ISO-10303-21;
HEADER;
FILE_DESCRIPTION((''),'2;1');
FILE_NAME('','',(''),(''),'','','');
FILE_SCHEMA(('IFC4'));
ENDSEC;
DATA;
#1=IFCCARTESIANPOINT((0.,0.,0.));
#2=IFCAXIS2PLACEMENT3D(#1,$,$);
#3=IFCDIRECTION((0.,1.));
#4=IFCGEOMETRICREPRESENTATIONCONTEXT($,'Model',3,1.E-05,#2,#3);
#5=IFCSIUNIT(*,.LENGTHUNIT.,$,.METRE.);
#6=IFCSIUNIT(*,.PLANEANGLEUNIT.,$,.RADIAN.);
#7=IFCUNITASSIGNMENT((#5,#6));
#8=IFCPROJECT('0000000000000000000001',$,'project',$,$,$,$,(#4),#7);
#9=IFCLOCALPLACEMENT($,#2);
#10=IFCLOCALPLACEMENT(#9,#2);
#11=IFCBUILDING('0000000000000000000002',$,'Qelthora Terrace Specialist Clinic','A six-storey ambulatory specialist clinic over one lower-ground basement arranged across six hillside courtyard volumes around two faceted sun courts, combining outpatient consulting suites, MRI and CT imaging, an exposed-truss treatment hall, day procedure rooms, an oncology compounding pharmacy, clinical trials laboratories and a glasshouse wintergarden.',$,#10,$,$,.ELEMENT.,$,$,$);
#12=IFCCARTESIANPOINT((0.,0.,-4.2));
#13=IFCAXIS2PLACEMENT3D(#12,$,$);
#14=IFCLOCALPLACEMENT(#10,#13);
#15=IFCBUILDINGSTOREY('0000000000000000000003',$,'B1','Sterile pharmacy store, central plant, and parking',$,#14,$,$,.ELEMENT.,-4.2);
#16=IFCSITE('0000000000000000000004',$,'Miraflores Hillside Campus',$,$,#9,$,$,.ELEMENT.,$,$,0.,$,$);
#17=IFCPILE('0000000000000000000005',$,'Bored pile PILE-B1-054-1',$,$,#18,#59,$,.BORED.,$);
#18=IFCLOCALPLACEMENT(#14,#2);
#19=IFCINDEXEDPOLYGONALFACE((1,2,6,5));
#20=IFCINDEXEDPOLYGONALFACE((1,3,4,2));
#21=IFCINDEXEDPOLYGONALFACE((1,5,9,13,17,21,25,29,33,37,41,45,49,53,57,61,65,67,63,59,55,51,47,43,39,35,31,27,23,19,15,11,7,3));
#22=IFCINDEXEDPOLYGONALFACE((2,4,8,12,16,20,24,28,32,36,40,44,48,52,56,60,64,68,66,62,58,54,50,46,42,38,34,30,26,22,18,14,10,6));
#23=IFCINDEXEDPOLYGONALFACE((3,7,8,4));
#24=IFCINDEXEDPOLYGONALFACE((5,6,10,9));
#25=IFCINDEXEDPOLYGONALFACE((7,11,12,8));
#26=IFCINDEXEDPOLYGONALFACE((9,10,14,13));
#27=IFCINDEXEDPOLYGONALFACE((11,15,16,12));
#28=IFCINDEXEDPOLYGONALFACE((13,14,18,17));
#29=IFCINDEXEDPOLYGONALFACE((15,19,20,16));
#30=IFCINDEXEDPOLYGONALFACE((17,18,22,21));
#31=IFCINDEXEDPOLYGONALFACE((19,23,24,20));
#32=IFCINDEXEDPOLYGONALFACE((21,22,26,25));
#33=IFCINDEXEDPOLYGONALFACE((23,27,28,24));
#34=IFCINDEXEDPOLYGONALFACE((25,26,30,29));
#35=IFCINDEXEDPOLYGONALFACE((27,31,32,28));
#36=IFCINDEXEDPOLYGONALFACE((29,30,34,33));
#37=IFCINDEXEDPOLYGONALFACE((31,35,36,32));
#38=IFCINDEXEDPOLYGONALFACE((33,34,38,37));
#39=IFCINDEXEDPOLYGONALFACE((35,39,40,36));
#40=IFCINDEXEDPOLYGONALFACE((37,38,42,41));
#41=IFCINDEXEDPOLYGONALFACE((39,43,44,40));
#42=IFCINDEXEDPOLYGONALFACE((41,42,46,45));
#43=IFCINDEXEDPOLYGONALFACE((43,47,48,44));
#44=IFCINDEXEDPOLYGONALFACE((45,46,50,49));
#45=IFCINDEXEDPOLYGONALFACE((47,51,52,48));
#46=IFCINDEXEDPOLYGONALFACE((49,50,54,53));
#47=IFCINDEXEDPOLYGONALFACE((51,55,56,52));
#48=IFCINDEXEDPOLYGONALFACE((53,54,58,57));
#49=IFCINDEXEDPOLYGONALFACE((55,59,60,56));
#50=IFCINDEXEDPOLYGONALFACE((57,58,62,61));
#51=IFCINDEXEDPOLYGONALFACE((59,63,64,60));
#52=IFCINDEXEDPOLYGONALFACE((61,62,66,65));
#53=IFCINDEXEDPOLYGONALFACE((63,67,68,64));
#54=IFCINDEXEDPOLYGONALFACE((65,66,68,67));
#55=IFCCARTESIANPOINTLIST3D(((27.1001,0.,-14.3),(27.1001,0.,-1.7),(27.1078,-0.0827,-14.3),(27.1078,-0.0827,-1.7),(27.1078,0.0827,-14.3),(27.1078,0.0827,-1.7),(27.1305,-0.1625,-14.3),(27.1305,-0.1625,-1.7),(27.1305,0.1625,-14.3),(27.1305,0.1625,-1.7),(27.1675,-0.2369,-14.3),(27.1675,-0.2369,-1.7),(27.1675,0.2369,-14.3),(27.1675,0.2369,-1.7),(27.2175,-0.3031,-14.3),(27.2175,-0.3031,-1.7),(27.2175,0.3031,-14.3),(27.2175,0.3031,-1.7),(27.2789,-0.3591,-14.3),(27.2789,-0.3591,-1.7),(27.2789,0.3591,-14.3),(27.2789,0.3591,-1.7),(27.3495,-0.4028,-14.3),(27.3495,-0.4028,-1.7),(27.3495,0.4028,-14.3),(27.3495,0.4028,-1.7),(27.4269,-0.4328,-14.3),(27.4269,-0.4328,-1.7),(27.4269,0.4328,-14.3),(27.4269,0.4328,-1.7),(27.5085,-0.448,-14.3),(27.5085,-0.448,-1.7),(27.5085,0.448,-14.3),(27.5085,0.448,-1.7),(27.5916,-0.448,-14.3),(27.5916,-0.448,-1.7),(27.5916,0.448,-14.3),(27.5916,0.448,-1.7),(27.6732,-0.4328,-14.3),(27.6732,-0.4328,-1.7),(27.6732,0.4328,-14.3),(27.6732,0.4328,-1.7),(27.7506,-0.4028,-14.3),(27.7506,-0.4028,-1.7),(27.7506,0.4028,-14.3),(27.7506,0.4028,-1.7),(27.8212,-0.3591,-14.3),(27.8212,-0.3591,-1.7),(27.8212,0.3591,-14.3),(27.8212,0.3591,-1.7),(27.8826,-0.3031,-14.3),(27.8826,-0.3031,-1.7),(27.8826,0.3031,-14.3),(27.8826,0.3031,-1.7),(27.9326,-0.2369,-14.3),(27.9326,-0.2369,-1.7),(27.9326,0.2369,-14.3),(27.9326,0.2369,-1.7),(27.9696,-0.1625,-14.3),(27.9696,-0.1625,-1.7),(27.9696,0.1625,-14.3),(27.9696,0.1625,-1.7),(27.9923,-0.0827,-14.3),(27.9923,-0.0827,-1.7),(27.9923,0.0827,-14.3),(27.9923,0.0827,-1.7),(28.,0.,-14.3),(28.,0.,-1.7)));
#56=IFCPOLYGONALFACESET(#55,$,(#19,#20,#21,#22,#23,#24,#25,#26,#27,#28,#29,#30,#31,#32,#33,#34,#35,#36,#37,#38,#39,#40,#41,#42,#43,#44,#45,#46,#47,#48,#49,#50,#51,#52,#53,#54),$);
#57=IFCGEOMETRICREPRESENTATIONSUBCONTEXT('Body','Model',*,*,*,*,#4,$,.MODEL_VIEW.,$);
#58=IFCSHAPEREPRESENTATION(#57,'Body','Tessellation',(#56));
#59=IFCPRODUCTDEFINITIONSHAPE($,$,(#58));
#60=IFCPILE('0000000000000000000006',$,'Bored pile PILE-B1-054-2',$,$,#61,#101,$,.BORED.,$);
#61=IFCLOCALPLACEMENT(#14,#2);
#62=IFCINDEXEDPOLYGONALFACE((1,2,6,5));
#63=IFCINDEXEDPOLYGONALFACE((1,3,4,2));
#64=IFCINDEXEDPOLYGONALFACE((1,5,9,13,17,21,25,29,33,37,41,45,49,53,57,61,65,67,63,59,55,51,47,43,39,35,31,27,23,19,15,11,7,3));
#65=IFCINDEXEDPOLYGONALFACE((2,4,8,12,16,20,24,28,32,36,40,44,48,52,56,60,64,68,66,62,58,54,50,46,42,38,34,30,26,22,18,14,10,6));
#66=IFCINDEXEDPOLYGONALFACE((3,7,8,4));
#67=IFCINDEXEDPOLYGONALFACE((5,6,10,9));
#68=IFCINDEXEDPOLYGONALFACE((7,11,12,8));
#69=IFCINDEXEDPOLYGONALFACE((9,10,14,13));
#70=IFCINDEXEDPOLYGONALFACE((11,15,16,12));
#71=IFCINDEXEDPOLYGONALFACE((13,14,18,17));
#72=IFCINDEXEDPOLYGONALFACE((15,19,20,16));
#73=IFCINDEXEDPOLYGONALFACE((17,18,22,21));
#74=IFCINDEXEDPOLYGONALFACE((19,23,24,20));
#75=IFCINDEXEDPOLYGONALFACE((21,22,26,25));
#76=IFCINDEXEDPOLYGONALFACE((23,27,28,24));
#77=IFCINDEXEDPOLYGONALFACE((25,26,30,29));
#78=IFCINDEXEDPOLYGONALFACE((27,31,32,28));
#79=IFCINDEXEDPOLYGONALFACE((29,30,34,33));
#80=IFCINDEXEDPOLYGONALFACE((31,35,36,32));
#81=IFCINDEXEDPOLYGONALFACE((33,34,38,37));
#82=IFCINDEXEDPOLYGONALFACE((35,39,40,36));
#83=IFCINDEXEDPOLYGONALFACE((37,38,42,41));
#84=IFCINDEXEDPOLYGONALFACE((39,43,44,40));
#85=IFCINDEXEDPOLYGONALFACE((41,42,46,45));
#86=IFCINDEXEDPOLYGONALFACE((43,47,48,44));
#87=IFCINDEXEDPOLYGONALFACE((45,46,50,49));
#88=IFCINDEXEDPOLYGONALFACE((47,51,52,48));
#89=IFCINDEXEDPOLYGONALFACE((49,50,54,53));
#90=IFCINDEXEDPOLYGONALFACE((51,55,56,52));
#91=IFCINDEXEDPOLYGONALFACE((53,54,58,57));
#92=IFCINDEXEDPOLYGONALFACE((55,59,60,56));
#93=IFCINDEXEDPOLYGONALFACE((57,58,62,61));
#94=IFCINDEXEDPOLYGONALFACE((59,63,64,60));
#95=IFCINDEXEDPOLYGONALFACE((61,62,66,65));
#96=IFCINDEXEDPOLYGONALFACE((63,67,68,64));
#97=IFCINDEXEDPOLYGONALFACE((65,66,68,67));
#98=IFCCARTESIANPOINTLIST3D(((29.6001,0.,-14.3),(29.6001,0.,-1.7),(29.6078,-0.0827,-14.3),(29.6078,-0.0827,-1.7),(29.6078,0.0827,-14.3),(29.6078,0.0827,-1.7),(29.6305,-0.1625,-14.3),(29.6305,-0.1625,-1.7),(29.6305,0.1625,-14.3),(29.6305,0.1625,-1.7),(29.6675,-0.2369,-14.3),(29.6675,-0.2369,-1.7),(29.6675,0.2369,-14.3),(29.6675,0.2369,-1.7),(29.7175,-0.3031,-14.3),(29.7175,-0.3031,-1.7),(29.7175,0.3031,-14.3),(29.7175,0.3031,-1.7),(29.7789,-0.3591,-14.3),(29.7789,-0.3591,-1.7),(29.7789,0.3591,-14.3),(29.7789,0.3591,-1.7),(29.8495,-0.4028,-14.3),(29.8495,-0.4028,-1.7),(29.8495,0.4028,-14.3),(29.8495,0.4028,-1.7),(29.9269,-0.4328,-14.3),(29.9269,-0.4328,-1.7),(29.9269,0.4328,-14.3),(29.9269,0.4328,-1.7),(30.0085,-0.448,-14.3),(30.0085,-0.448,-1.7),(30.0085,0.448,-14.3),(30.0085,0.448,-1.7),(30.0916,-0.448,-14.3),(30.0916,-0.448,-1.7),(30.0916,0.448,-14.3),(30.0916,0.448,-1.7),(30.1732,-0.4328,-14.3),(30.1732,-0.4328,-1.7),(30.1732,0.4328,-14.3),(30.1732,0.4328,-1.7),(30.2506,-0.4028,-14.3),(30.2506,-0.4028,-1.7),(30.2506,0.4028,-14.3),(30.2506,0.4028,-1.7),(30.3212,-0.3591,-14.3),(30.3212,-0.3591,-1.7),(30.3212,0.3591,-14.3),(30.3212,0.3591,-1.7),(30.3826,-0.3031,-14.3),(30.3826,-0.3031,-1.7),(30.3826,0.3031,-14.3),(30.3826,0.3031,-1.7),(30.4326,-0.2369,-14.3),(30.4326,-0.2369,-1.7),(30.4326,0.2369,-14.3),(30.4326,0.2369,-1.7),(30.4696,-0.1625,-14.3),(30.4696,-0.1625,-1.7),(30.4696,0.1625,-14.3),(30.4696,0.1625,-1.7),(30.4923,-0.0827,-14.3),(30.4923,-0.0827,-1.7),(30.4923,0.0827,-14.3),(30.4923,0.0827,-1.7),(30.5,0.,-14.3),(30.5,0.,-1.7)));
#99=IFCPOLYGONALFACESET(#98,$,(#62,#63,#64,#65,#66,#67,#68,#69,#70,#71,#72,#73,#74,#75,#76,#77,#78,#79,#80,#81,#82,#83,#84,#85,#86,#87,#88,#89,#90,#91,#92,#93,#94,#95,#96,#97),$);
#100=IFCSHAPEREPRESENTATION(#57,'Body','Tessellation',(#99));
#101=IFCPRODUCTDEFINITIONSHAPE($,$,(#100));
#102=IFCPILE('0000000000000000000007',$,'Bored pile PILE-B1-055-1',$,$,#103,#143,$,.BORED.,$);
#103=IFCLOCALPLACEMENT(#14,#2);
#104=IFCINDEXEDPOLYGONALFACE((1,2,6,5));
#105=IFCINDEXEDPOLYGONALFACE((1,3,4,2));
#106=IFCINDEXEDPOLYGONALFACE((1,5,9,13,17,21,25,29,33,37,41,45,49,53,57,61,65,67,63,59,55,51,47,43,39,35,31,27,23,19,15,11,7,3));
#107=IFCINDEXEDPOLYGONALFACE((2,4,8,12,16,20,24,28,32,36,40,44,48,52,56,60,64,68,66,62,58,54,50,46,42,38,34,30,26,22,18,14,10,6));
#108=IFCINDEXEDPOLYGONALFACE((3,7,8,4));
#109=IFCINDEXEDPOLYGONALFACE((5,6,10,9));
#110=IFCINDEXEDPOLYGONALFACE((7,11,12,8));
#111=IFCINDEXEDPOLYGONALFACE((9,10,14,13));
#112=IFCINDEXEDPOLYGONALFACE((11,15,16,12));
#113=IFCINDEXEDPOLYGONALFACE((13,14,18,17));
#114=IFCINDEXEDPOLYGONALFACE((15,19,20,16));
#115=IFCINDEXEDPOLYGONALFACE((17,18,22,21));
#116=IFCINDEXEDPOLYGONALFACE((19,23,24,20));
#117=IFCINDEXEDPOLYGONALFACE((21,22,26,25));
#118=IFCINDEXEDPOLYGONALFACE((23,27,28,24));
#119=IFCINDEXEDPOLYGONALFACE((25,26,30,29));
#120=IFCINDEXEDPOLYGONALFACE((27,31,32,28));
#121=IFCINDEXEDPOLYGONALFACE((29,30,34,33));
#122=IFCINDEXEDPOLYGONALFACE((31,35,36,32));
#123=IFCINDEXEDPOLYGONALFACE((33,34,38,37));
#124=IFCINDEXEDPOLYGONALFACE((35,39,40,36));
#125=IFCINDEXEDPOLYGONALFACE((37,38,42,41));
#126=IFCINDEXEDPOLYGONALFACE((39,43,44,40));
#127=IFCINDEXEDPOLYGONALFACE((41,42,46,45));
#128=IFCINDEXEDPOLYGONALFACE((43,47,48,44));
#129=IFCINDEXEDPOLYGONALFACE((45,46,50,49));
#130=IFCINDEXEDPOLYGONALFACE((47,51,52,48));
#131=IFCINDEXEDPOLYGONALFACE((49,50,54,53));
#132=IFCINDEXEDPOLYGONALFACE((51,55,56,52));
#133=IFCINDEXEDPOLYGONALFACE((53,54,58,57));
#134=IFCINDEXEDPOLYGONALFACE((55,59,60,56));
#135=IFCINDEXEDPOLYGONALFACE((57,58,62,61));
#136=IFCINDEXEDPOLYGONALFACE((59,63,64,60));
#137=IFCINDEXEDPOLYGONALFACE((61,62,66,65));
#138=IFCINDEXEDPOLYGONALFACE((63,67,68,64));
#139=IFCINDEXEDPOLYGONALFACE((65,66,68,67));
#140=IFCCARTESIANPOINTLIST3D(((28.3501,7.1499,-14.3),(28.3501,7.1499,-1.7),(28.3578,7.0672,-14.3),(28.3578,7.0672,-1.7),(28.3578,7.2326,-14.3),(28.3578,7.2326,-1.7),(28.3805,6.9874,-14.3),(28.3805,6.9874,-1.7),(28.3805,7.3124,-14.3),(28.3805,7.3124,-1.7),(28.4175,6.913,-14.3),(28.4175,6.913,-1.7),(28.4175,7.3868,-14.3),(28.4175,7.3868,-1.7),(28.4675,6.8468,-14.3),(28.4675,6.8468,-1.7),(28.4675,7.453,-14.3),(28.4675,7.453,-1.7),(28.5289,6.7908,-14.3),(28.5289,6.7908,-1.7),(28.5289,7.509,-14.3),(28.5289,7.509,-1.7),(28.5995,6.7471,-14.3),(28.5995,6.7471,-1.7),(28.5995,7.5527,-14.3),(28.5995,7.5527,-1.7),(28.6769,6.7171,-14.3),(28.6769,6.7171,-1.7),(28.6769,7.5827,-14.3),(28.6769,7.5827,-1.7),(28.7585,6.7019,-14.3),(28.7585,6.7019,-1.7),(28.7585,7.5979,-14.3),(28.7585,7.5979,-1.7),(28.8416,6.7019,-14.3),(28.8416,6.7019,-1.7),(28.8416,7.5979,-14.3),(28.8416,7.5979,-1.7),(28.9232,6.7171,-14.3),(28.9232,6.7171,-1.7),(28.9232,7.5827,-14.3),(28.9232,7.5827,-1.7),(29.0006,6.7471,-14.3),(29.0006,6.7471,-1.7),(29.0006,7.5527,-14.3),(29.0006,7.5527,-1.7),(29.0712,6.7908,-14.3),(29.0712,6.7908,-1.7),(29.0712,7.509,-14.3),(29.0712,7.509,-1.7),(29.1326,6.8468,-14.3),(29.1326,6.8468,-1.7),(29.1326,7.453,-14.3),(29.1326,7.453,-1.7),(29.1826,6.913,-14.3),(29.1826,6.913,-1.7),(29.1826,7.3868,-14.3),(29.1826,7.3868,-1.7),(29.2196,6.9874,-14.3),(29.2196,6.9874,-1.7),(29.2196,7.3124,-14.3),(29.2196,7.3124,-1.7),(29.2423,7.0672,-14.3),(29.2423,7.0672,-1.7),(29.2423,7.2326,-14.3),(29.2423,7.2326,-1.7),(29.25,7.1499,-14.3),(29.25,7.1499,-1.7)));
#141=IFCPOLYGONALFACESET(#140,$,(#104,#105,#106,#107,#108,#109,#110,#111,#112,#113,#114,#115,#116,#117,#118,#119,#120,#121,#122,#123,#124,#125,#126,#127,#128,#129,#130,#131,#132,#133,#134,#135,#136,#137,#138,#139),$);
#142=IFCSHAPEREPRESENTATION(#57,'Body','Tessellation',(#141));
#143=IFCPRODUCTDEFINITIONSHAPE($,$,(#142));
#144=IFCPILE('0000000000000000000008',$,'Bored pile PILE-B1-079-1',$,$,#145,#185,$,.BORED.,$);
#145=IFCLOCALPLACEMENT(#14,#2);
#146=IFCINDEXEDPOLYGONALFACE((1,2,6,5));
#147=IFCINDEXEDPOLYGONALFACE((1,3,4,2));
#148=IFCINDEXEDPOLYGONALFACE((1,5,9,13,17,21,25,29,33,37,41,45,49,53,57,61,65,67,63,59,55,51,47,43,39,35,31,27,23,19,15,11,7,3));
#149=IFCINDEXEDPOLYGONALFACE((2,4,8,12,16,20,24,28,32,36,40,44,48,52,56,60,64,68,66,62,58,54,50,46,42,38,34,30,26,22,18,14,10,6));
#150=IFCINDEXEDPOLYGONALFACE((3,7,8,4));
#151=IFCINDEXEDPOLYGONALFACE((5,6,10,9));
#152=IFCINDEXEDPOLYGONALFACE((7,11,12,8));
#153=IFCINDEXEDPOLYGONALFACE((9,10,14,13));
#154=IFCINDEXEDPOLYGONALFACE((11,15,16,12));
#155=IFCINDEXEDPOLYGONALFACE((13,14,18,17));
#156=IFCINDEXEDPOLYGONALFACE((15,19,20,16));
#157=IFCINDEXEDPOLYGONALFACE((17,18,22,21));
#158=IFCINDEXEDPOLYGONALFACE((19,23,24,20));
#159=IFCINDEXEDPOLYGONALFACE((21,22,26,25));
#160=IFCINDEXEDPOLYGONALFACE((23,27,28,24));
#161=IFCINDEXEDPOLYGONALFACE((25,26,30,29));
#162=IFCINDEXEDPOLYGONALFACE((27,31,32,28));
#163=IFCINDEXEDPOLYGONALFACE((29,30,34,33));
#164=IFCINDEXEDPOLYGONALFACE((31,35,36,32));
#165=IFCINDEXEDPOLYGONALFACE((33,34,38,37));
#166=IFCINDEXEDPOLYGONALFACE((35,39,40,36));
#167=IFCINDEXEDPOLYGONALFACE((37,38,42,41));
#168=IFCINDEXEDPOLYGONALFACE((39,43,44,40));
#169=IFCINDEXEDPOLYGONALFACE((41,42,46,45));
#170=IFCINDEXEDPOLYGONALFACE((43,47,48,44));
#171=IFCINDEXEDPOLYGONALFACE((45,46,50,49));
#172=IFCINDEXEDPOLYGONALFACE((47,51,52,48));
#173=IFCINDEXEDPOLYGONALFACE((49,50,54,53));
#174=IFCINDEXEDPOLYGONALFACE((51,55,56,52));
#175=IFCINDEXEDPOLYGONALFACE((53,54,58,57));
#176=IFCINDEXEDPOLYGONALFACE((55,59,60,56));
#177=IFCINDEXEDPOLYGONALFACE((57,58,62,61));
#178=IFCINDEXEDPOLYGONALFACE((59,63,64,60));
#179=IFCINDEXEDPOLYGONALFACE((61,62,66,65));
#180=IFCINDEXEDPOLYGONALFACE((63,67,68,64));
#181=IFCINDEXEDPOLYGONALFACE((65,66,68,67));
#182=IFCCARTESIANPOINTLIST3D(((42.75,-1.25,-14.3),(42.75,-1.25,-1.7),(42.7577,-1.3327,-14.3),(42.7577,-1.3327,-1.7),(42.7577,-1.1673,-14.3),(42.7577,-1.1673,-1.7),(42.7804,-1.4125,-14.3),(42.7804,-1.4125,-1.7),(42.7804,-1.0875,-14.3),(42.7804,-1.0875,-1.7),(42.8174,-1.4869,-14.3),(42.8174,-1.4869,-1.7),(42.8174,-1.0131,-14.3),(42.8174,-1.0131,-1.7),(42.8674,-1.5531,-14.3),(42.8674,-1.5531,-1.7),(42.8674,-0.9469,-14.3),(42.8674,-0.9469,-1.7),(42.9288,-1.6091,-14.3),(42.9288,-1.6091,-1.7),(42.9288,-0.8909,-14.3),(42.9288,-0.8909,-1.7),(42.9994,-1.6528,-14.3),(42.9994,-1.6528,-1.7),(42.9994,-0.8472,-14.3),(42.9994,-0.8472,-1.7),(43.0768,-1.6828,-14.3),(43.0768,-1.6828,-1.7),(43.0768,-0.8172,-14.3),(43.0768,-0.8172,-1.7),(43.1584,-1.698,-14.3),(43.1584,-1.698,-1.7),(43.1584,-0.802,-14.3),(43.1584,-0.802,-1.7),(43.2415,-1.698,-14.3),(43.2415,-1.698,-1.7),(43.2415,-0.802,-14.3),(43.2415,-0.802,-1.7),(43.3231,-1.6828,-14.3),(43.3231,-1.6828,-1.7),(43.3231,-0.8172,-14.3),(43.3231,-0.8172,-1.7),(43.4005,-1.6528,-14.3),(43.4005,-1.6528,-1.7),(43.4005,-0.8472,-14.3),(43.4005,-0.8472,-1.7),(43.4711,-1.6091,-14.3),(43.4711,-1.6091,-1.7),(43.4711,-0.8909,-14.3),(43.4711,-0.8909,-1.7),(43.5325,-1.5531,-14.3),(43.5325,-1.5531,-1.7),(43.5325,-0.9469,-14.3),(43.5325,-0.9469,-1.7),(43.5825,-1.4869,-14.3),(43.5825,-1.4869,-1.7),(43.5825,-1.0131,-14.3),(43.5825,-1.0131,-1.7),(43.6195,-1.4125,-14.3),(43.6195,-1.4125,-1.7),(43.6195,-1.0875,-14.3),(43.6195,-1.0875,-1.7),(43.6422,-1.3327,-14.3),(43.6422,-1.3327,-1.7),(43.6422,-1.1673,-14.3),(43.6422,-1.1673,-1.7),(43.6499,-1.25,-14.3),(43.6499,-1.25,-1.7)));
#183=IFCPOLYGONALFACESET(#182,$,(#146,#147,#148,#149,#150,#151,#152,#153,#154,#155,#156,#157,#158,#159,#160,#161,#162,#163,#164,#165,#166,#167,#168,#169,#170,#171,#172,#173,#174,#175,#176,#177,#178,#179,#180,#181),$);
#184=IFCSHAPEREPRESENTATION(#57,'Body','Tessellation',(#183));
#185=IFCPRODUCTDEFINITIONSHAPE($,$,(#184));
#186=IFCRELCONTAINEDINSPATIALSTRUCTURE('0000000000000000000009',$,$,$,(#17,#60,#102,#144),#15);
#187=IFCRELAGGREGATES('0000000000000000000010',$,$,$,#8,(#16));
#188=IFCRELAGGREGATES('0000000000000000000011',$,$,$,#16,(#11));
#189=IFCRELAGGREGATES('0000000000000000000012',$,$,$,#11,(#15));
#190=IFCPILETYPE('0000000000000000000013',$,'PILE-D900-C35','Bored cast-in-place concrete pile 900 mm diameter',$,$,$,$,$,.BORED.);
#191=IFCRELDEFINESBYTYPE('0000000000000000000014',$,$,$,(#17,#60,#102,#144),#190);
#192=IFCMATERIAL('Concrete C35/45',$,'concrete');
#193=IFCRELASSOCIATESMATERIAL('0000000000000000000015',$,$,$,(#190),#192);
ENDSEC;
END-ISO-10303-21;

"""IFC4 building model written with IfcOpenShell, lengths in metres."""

from ifc_helpers import new_model, si_unit, direction, frame, origin, origin_2d, place, context, subcontext, project, spatial, circle, extrude, material, material_profile, profile_set, type_object, element, save


model = new_model("IFC4")

# Units and contexts
model_context = context("Model", 3, precision=1e-05, world=origin(), true_north=direction((0.0, 1.0)))
body_context = subcontext(model_context, "Body", "Model", "MODEL_VIEW")
ifc_project = project(units=[si_unit("LENGTHUNIT", "METRE"), si_unit("PLANEANGLEUNIT", "RADIAN")], contexts=[model_context])

# Site, building, storey
site_placement = place(None, origin())
site = spatial("IfcSite", under=ifc_project, at=site_placement, Name="Miraflores Hillside Campus", CompositionType="ELEMENT", RefElevation=0.0)
building_placement = place(site_placement, origin())
building = spatial("IfcBuilding", under=site, at=building_placement, Name="Qelthora Terrace Specialist Clinic", Description="A six-storey ambulatory specialist clinic over one lower-ground basement arranged across six hillside courtyard volumes around two faceted sun courts, combining outpatient consulting suites, MRI and CT imaging, an exposed-truss treatment hall, day procedure rooms, an oncology compounding pharmacy, clinical trials laboratories and a glasshouse wintergarden.", CompositionType="ELEMENT")
storey_placement = place(building_placement, frame((0.0, 0.0, -4.2)))
storey = spatial("IfcBuildingStorey", under=building, at=storey_placement, Name="B1", Description="Sterile pharmacy store, central plant, and parking", CompositionType="ELEMENT", Elevation=-4.2)

# Shared definitions
ifc_material_1 = material(Name="Concrete C35/45", Category="concrete")

# Piles
ifc_material_profile_1 = material_profile(ifc_material_1, circle(Radius=0.45, at=origin_2d()), Name="PILE900")
ifc_profile_set_1 = profile_set([ifc_material_profile_1], Name="Concrete C35/45")
pile_type_1 = type_object("IfcPileType", Name="PILE-D900-C35", Description="Bored cast-in-place concrete pile 900 mm diameter", PredefinedType="BORED", material=ifc_profile_set_1)
for number, where, z_axis, x_axis, name in (
    (1, (27.55, 0.0, -1.7), (0.0, 0.0, -1.0), (1.0, 0.0, 0.0), "Bored pile PILE-B1-054-1"),
    (2, (30.05, 0.0, -1.7), (0.0, 0.0, -1.0), (1.0, 0.0, 0.0), "Bored pile PILE-B1-054-2"),
    (3, (28.8, 7.1499, -1.7), (0.0, 0.0, -1.0), (1.0, 0.0, 0.0), "Bored pile PILE-B1-055-1"),
    (4, (43.2, -1.25, -1.7), (0.0, 0.0, -1.0), (1.0, 0.0, 0.0), "Bored pile PILE-B1-079-1"),
):
    element("IfcPile", number, at=place(storey_placement, frame(where, z_axis=z_axis, x_axis=x_axis)), inside=storey, type_object=pile_type_1, Name=name, PredefinedType="BORED", context=body_context, shape_type="SweptSolid", body=[
        extrude(circle(Radius=0.45, at=origin_2d()), origin(), (0.0, 0.0, 1.0), 12.6001),
    ])

save(model, "model.ifc")
